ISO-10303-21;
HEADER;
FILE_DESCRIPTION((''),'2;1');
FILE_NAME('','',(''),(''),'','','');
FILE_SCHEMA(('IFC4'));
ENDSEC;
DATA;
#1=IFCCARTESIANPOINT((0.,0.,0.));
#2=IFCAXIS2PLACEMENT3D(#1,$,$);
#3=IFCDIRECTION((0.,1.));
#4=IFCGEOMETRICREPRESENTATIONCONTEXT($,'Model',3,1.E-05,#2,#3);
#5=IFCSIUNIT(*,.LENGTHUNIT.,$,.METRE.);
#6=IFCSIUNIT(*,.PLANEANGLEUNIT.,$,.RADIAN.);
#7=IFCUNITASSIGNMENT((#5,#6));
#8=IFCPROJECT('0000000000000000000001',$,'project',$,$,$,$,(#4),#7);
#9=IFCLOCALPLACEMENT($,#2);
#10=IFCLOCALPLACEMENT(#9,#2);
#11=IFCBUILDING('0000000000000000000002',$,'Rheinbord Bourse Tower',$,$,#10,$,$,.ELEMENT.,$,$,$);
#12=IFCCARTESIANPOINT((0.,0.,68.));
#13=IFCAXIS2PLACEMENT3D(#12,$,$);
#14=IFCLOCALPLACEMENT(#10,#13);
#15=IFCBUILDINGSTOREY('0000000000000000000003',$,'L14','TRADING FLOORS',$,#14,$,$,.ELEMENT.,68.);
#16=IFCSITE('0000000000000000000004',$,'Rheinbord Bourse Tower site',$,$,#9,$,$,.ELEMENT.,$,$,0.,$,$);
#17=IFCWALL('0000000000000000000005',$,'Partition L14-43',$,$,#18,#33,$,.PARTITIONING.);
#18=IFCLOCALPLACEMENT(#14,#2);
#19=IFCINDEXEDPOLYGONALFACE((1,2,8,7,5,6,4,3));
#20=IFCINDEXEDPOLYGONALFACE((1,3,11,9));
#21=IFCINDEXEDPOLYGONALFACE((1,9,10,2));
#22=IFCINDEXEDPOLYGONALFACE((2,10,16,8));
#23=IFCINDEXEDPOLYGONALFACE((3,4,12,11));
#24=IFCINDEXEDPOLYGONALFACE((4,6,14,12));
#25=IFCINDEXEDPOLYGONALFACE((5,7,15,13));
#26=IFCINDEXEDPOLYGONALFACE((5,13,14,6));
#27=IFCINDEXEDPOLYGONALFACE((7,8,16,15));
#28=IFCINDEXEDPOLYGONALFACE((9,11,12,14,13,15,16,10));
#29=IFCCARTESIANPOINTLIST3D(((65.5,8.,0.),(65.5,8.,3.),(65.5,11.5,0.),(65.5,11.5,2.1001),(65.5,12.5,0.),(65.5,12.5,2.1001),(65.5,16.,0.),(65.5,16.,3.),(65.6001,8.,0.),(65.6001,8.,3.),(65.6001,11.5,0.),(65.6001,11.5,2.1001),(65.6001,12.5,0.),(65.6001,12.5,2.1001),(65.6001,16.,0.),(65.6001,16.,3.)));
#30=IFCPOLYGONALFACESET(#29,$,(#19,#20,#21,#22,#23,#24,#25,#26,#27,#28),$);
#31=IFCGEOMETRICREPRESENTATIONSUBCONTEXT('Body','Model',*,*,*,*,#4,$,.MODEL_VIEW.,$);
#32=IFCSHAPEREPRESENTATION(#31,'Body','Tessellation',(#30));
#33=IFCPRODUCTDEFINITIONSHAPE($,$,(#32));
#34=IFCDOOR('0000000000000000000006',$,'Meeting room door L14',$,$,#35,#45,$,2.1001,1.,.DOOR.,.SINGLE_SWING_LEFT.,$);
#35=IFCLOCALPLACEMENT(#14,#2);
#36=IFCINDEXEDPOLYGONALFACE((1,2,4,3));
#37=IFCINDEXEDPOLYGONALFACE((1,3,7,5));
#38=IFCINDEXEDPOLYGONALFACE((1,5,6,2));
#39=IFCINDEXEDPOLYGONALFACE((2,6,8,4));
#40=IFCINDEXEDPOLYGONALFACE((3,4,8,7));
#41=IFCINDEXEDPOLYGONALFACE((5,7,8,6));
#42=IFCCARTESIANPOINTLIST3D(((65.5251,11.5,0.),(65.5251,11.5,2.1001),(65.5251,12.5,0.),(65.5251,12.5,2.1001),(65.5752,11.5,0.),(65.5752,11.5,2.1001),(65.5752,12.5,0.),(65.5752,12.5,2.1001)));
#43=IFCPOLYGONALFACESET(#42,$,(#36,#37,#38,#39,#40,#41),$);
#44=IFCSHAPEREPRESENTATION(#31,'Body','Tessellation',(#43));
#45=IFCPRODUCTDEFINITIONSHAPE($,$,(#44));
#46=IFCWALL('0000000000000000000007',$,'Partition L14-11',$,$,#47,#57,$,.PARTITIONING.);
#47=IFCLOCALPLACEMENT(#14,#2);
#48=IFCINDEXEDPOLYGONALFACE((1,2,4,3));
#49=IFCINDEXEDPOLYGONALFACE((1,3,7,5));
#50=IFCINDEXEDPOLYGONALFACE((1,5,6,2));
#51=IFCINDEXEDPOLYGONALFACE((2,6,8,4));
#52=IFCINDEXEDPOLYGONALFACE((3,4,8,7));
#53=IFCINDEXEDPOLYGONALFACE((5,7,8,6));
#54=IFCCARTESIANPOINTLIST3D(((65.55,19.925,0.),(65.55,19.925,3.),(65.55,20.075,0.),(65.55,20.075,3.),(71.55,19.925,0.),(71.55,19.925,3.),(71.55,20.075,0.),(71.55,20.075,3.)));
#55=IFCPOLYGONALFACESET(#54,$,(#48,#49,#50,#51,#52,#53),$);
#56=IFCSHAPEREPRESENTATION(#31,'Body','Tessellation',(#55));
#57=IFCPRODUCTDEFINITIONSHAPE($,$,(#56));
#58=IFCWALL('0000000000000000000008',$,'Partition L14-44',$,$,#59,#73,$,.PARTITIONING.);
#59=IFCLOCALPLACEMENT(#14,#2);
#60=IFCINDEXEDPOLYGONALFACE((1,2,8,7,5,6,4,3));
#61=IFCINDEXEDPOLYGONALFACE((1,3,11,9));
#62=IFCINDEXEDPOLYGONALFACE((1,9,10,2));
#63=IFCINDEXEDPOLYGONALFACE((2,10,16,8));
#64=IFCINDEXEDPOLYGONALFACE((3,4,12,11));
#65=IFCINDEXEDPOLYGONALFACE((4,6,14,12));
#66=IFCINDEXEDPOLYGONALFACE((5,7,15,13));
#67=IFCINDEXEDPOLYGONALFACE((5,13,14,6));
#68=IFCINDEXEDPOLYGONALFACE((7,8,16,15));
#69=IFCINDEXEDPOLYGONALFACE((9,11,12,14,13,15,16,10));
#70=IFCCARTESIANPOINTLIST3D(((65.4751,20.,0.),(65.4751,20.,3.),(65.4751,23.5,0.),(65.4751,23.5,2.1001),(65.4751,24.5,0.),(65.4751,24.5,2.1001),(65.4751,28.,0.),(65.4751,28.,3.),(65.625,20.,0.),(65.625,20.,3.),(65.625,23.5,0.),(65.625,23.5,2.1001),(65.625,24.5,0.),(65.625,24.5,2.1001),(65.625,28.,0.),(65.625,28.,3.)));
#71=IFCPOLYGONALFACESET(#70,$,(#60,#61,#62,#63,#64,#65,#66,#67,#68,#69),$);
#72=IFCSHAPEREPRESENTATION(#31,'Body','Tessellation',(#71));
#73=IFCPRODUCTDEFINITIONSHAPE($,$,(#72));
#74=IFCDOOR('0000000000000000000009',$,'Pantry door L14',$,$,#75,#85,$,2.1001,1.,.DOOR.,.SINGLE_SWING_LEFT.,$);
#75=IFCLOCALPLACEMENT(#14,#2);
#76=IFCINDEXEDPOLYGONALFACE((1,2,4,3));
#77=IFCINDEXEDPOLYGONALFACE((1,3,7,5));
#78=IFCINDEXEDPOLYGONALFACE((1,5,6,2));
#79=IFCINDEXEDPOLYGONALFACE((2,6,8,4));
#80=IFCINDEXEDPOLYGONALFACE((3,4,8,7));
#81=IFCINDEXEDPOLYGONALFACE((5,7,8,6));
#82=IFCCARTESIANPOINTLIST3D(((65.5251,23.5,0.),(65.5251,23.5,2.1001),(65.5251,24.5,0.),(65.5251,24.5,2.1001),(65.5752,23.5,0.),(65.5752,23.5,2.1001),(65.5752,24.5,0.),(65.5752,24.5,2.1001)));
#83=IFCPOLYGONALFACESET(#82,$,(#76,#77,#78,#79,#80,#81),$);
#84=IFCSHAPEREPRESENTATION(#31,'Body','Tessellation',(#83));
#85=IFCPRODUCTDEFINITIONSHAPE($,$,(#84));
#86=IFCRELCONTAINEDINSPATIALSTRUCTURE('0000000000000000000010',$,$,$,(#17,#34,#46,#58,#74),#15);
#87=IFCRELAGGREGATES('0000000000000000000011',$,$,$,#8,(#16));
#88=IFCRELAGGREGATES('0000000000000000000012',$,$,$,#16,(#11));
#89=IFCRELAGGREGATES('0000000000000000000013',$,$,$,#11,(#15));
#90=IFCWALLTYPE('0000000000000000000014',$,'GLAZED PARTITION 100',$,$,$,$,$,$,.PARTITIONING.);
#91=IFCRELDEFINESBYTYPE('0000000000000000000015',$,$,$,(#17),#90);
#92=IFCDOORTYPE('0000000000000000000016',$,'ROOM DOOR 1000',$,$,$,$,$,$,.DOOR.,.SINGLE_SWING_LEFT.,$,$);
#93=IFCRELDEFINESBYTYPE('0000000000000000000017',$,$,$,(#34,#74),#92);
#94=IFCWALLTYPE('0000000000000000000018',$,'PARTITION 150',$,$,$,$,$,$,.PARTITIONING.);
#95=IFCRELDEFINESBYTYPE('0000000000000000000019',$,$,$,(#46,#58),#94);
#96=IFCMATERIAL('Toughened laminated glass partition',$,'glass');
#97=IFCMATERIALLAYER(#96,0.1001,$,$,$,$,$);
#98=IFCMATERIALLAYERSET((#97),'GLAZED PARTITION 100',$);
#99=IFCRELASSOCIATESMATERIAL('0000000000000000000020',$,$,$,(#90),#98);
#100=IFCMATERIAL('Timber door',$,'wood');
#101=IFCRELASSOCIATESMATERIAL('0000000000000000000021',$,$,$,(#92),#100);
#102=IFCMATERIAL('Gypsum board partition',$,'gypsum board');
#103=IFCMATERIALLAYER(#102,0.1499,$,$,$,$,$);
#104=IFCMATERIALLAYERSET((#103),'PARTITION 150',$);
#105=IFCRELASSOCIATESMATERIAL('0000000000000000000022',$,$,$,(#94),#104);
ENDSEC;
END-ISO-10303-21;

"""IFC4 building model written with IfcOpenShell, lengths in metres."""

from ifc_helpers import new_model, si_unit, direction, frame, frame_2d, origin, place, context, subcontext, project, spatial, rectangle, extrude, material, layer, layer_set, type_object, element, fill, save


model = new_model("IFC4")

# Units and contexts
model_context = context("Model", 3, precision=1e-05, world=origin(), true_north=direction((0.0, 1.0)))
body_context = subcontext(model_context, "Body", "Model", "MODEL_VIEW")
ifc_project = project(units=[si_unit("LENGTHUNIT", "METRE"), si_unit("PLANEANGLEUNIT", "RADIAN")], contexts=[model_context])

# Site, building, storey
site_placement = place(None, origin())
site = spatial("IfcSite", under=ifc_project, at=site_placement, Name="Rheinbord Bourse Tower site", CompositionType="ELEMENT", RefElevation=0.0)
building_placement = place(site_placement, origin())
building = spatial("IfcBuilding", under=site, at=building_placement, Name="Rheinbord Bourse Tower", CompositionType="ELEMENT")
storey_placement = place(building_placement, frame((0.0, 0.0, 68.0)))
storey = spatial("IfcBuildingStorey", under=building, at=storey_placement, Name="L14", Description="TRADING FLOORS", CompositionType="ELEMENT", Elevation=68.0)

# Shared definitions
ifc_material_1 = material(Name="Toughened laminated glass partition", Category="glass")
ifc_layer_1 = layer(ifc_material_1, 0.1001)
ifc_layer_set_1 = layer_set([ifc_layer_1], Name="GLAZED PARTITION 100")
wall_type_1 = type_object("IfcWallType", Name="GLAZED PARTITION 100", PredefinedType="PARTITIONING", material=ifc_layer_set_1)

# Wall, opening, door
wall_1_placement = place(storey_placement, frame((65.55, 8.0, 0.0), z_axis=(0.0, 0.0, 1.0), x_axis=(0.0, 1.0, 0.0)))
wall_1 = element("IfcWall", 1, at=wall_1_placement, inside=storey, type_object=wall_type_1, Name="Partition L14-43", PredefinedType="PARTITIONING", context=body_context, shape_type="SweptSolid", body=[
    extrude(rectangle(XDim=8.0, YDim=0.1001, at=frame_2d((4.0, 0.0))), origin(), (0.0, 0.0, 1.0), 3.0),
])
opening_1_placement = place(wall_1_placement, frame((3.5, 0.0, 0.0)))
opening_1 = element("IfcOpeningElement", 2, at=opening_1_placement, cuts=wall_1, PredefinedType="OPENING", context=body_context, shape_type="SweptSolid", body=[
    extrude(rectangle(XDim=1.0, YDim=2.1001, at=frame_2d((0.5, 1.05))), frame((0.0, 0.0601, 0.0), z_axis=(0.0, -1.0, 0.0), x_axis=(1.0, 0.0, 0.0)), (0.0, 0.0, 1.0), 0.1201),
])
ifc_material_2 = material(Name="Timber door", Category="wood")
door_type = type_object("IfcDoorType", Name="ROOM DOOR 1000", OperationType="SINGLE_SWING_LEFT", PredefinedType="DOOR", material=ifc_material_2)
door_1_placement = place(opening_1_placement, origin())
door_1 = element("IfcDoor", 3, at=door_1_placement, inside=storey, type_object=door_type, Name="Meeting room door L14", OperationType="SINGLE_SWING_LEFT", OverallHeight=2.1001, OverallWidth=1.0, PredefinedType="DOOR", context=body_context, shape_type="SweptSolid", body=[
    extrude(rectangle(XDim=1.0, YDim=2.1001, at=frame_2d((0.5, 1.05))), frame((0.0, 0.0249, 0.0), z_axis=(0.0, -1.0, 0.0), x_axis=(1.0, 0.0, 0.0)), (0.0, 0.0, 1.0), 0.05),
])
fill(opening_1, door_1)

# Wall
ifc_material_3 = material(Name="Gypsum board partition", Category="gypsum board")
ifc_layer_2 = layer(ifc_material_3, 0.1499)
ifc_layer_set_2 = layer_set([ifc_layer_2], Name="PARTITION 150")
wall_type_2 = type_object("IfcWallType", Name="PARTITION 150", PredefinedType="PARTITIONING", material=ifc_layer_set_2)
wall_2_placement = place(storey_placement, frame((65.55, 20.0, 0.0), z_axis=(0.0, 0.0, 1.0), x_axis=(1.0, 0.0, 0.0)))
element("IfcWall", 4, at=wall_2_placement, inside=storey, type_object=wall_type_2, Name="Partition L14-11", PredefinedType="PARTITIONING", context=body_context, shape_type="SweptSolid", body=[
    extrude(rectangle(XDim=6.0, YDim=0.1499, at=frame_2d((3.0, 0.0))), origin(), (0.0, 0.0, 1.0), 3.0),
])

# Wall, opening, door
wall_3_placement = place(storey_placement, frame((65.55, 20.0, 0.0), z_axis=(0.0, 0.0, 1.0), x_axis=(0.0, 1.0, 0.0)))
wall_3 = element("IfcWall", 5, at=wall_3_placement, inside=storey, type_object=wall_type_2, Name="Partition L14-44", PredefinedType="PARTITIONING", context=body_context, shape_type="SweptSolid", body=[
    extrude(rectangle(XDim=8.0, YDim=0.1499, at=frame_2d((4.0, 0.0))), origin(), (0.0, 0.0, 1.0), 3.0),
])
opening_2_placement = place(wall_3_placement, frame((3.5, 0.0, 0.0)))
opening_2 = element("IfcOpeningElement", 6, at=opening_2_placement, cuts=wall_3, PredefinedType="OPENING", context=body_context, shape_type="SweptSolid", body=[
    extrude(rectangle(XDim=1.0, YDim=2.1001, at=frame_2d((0.5, 1.05))), frame((0.0, 0.085, 0.0), z_axis=(0.0, -1.0, 0.0), x_axis=(1.0, 0.0, 0.0)), (0.0, 0.0, 1.0), 0.1699),
])
door_2_placement = place(opening_2_placement, origin())
door_2 = element("IfcDoor", 7, at=door_2_placement, inside=storey, type_object=door_type, Name="Pantry door L14", OperationType="SINGLE_SWING_LEFT", OverallHeight=2.1001, OverallWidth=1.0, PredefinedType="DOOR", context=body_context, shape_type="SweptSolid", body=[
    extrude(rectangle(XDim=1.0, YDim=2.1001, at=frame_2d((0.5, 1.05))), frame((0.0, 0.0249, 0.0), z_axis=(0.0, -1.0, 0.0), x_axis=(1.0, 0.0, 0.0)), (0.0, 0.0, 1.0), 0.05),
])
fill(opening_2, door_2)

save(model, "model.ifc")
